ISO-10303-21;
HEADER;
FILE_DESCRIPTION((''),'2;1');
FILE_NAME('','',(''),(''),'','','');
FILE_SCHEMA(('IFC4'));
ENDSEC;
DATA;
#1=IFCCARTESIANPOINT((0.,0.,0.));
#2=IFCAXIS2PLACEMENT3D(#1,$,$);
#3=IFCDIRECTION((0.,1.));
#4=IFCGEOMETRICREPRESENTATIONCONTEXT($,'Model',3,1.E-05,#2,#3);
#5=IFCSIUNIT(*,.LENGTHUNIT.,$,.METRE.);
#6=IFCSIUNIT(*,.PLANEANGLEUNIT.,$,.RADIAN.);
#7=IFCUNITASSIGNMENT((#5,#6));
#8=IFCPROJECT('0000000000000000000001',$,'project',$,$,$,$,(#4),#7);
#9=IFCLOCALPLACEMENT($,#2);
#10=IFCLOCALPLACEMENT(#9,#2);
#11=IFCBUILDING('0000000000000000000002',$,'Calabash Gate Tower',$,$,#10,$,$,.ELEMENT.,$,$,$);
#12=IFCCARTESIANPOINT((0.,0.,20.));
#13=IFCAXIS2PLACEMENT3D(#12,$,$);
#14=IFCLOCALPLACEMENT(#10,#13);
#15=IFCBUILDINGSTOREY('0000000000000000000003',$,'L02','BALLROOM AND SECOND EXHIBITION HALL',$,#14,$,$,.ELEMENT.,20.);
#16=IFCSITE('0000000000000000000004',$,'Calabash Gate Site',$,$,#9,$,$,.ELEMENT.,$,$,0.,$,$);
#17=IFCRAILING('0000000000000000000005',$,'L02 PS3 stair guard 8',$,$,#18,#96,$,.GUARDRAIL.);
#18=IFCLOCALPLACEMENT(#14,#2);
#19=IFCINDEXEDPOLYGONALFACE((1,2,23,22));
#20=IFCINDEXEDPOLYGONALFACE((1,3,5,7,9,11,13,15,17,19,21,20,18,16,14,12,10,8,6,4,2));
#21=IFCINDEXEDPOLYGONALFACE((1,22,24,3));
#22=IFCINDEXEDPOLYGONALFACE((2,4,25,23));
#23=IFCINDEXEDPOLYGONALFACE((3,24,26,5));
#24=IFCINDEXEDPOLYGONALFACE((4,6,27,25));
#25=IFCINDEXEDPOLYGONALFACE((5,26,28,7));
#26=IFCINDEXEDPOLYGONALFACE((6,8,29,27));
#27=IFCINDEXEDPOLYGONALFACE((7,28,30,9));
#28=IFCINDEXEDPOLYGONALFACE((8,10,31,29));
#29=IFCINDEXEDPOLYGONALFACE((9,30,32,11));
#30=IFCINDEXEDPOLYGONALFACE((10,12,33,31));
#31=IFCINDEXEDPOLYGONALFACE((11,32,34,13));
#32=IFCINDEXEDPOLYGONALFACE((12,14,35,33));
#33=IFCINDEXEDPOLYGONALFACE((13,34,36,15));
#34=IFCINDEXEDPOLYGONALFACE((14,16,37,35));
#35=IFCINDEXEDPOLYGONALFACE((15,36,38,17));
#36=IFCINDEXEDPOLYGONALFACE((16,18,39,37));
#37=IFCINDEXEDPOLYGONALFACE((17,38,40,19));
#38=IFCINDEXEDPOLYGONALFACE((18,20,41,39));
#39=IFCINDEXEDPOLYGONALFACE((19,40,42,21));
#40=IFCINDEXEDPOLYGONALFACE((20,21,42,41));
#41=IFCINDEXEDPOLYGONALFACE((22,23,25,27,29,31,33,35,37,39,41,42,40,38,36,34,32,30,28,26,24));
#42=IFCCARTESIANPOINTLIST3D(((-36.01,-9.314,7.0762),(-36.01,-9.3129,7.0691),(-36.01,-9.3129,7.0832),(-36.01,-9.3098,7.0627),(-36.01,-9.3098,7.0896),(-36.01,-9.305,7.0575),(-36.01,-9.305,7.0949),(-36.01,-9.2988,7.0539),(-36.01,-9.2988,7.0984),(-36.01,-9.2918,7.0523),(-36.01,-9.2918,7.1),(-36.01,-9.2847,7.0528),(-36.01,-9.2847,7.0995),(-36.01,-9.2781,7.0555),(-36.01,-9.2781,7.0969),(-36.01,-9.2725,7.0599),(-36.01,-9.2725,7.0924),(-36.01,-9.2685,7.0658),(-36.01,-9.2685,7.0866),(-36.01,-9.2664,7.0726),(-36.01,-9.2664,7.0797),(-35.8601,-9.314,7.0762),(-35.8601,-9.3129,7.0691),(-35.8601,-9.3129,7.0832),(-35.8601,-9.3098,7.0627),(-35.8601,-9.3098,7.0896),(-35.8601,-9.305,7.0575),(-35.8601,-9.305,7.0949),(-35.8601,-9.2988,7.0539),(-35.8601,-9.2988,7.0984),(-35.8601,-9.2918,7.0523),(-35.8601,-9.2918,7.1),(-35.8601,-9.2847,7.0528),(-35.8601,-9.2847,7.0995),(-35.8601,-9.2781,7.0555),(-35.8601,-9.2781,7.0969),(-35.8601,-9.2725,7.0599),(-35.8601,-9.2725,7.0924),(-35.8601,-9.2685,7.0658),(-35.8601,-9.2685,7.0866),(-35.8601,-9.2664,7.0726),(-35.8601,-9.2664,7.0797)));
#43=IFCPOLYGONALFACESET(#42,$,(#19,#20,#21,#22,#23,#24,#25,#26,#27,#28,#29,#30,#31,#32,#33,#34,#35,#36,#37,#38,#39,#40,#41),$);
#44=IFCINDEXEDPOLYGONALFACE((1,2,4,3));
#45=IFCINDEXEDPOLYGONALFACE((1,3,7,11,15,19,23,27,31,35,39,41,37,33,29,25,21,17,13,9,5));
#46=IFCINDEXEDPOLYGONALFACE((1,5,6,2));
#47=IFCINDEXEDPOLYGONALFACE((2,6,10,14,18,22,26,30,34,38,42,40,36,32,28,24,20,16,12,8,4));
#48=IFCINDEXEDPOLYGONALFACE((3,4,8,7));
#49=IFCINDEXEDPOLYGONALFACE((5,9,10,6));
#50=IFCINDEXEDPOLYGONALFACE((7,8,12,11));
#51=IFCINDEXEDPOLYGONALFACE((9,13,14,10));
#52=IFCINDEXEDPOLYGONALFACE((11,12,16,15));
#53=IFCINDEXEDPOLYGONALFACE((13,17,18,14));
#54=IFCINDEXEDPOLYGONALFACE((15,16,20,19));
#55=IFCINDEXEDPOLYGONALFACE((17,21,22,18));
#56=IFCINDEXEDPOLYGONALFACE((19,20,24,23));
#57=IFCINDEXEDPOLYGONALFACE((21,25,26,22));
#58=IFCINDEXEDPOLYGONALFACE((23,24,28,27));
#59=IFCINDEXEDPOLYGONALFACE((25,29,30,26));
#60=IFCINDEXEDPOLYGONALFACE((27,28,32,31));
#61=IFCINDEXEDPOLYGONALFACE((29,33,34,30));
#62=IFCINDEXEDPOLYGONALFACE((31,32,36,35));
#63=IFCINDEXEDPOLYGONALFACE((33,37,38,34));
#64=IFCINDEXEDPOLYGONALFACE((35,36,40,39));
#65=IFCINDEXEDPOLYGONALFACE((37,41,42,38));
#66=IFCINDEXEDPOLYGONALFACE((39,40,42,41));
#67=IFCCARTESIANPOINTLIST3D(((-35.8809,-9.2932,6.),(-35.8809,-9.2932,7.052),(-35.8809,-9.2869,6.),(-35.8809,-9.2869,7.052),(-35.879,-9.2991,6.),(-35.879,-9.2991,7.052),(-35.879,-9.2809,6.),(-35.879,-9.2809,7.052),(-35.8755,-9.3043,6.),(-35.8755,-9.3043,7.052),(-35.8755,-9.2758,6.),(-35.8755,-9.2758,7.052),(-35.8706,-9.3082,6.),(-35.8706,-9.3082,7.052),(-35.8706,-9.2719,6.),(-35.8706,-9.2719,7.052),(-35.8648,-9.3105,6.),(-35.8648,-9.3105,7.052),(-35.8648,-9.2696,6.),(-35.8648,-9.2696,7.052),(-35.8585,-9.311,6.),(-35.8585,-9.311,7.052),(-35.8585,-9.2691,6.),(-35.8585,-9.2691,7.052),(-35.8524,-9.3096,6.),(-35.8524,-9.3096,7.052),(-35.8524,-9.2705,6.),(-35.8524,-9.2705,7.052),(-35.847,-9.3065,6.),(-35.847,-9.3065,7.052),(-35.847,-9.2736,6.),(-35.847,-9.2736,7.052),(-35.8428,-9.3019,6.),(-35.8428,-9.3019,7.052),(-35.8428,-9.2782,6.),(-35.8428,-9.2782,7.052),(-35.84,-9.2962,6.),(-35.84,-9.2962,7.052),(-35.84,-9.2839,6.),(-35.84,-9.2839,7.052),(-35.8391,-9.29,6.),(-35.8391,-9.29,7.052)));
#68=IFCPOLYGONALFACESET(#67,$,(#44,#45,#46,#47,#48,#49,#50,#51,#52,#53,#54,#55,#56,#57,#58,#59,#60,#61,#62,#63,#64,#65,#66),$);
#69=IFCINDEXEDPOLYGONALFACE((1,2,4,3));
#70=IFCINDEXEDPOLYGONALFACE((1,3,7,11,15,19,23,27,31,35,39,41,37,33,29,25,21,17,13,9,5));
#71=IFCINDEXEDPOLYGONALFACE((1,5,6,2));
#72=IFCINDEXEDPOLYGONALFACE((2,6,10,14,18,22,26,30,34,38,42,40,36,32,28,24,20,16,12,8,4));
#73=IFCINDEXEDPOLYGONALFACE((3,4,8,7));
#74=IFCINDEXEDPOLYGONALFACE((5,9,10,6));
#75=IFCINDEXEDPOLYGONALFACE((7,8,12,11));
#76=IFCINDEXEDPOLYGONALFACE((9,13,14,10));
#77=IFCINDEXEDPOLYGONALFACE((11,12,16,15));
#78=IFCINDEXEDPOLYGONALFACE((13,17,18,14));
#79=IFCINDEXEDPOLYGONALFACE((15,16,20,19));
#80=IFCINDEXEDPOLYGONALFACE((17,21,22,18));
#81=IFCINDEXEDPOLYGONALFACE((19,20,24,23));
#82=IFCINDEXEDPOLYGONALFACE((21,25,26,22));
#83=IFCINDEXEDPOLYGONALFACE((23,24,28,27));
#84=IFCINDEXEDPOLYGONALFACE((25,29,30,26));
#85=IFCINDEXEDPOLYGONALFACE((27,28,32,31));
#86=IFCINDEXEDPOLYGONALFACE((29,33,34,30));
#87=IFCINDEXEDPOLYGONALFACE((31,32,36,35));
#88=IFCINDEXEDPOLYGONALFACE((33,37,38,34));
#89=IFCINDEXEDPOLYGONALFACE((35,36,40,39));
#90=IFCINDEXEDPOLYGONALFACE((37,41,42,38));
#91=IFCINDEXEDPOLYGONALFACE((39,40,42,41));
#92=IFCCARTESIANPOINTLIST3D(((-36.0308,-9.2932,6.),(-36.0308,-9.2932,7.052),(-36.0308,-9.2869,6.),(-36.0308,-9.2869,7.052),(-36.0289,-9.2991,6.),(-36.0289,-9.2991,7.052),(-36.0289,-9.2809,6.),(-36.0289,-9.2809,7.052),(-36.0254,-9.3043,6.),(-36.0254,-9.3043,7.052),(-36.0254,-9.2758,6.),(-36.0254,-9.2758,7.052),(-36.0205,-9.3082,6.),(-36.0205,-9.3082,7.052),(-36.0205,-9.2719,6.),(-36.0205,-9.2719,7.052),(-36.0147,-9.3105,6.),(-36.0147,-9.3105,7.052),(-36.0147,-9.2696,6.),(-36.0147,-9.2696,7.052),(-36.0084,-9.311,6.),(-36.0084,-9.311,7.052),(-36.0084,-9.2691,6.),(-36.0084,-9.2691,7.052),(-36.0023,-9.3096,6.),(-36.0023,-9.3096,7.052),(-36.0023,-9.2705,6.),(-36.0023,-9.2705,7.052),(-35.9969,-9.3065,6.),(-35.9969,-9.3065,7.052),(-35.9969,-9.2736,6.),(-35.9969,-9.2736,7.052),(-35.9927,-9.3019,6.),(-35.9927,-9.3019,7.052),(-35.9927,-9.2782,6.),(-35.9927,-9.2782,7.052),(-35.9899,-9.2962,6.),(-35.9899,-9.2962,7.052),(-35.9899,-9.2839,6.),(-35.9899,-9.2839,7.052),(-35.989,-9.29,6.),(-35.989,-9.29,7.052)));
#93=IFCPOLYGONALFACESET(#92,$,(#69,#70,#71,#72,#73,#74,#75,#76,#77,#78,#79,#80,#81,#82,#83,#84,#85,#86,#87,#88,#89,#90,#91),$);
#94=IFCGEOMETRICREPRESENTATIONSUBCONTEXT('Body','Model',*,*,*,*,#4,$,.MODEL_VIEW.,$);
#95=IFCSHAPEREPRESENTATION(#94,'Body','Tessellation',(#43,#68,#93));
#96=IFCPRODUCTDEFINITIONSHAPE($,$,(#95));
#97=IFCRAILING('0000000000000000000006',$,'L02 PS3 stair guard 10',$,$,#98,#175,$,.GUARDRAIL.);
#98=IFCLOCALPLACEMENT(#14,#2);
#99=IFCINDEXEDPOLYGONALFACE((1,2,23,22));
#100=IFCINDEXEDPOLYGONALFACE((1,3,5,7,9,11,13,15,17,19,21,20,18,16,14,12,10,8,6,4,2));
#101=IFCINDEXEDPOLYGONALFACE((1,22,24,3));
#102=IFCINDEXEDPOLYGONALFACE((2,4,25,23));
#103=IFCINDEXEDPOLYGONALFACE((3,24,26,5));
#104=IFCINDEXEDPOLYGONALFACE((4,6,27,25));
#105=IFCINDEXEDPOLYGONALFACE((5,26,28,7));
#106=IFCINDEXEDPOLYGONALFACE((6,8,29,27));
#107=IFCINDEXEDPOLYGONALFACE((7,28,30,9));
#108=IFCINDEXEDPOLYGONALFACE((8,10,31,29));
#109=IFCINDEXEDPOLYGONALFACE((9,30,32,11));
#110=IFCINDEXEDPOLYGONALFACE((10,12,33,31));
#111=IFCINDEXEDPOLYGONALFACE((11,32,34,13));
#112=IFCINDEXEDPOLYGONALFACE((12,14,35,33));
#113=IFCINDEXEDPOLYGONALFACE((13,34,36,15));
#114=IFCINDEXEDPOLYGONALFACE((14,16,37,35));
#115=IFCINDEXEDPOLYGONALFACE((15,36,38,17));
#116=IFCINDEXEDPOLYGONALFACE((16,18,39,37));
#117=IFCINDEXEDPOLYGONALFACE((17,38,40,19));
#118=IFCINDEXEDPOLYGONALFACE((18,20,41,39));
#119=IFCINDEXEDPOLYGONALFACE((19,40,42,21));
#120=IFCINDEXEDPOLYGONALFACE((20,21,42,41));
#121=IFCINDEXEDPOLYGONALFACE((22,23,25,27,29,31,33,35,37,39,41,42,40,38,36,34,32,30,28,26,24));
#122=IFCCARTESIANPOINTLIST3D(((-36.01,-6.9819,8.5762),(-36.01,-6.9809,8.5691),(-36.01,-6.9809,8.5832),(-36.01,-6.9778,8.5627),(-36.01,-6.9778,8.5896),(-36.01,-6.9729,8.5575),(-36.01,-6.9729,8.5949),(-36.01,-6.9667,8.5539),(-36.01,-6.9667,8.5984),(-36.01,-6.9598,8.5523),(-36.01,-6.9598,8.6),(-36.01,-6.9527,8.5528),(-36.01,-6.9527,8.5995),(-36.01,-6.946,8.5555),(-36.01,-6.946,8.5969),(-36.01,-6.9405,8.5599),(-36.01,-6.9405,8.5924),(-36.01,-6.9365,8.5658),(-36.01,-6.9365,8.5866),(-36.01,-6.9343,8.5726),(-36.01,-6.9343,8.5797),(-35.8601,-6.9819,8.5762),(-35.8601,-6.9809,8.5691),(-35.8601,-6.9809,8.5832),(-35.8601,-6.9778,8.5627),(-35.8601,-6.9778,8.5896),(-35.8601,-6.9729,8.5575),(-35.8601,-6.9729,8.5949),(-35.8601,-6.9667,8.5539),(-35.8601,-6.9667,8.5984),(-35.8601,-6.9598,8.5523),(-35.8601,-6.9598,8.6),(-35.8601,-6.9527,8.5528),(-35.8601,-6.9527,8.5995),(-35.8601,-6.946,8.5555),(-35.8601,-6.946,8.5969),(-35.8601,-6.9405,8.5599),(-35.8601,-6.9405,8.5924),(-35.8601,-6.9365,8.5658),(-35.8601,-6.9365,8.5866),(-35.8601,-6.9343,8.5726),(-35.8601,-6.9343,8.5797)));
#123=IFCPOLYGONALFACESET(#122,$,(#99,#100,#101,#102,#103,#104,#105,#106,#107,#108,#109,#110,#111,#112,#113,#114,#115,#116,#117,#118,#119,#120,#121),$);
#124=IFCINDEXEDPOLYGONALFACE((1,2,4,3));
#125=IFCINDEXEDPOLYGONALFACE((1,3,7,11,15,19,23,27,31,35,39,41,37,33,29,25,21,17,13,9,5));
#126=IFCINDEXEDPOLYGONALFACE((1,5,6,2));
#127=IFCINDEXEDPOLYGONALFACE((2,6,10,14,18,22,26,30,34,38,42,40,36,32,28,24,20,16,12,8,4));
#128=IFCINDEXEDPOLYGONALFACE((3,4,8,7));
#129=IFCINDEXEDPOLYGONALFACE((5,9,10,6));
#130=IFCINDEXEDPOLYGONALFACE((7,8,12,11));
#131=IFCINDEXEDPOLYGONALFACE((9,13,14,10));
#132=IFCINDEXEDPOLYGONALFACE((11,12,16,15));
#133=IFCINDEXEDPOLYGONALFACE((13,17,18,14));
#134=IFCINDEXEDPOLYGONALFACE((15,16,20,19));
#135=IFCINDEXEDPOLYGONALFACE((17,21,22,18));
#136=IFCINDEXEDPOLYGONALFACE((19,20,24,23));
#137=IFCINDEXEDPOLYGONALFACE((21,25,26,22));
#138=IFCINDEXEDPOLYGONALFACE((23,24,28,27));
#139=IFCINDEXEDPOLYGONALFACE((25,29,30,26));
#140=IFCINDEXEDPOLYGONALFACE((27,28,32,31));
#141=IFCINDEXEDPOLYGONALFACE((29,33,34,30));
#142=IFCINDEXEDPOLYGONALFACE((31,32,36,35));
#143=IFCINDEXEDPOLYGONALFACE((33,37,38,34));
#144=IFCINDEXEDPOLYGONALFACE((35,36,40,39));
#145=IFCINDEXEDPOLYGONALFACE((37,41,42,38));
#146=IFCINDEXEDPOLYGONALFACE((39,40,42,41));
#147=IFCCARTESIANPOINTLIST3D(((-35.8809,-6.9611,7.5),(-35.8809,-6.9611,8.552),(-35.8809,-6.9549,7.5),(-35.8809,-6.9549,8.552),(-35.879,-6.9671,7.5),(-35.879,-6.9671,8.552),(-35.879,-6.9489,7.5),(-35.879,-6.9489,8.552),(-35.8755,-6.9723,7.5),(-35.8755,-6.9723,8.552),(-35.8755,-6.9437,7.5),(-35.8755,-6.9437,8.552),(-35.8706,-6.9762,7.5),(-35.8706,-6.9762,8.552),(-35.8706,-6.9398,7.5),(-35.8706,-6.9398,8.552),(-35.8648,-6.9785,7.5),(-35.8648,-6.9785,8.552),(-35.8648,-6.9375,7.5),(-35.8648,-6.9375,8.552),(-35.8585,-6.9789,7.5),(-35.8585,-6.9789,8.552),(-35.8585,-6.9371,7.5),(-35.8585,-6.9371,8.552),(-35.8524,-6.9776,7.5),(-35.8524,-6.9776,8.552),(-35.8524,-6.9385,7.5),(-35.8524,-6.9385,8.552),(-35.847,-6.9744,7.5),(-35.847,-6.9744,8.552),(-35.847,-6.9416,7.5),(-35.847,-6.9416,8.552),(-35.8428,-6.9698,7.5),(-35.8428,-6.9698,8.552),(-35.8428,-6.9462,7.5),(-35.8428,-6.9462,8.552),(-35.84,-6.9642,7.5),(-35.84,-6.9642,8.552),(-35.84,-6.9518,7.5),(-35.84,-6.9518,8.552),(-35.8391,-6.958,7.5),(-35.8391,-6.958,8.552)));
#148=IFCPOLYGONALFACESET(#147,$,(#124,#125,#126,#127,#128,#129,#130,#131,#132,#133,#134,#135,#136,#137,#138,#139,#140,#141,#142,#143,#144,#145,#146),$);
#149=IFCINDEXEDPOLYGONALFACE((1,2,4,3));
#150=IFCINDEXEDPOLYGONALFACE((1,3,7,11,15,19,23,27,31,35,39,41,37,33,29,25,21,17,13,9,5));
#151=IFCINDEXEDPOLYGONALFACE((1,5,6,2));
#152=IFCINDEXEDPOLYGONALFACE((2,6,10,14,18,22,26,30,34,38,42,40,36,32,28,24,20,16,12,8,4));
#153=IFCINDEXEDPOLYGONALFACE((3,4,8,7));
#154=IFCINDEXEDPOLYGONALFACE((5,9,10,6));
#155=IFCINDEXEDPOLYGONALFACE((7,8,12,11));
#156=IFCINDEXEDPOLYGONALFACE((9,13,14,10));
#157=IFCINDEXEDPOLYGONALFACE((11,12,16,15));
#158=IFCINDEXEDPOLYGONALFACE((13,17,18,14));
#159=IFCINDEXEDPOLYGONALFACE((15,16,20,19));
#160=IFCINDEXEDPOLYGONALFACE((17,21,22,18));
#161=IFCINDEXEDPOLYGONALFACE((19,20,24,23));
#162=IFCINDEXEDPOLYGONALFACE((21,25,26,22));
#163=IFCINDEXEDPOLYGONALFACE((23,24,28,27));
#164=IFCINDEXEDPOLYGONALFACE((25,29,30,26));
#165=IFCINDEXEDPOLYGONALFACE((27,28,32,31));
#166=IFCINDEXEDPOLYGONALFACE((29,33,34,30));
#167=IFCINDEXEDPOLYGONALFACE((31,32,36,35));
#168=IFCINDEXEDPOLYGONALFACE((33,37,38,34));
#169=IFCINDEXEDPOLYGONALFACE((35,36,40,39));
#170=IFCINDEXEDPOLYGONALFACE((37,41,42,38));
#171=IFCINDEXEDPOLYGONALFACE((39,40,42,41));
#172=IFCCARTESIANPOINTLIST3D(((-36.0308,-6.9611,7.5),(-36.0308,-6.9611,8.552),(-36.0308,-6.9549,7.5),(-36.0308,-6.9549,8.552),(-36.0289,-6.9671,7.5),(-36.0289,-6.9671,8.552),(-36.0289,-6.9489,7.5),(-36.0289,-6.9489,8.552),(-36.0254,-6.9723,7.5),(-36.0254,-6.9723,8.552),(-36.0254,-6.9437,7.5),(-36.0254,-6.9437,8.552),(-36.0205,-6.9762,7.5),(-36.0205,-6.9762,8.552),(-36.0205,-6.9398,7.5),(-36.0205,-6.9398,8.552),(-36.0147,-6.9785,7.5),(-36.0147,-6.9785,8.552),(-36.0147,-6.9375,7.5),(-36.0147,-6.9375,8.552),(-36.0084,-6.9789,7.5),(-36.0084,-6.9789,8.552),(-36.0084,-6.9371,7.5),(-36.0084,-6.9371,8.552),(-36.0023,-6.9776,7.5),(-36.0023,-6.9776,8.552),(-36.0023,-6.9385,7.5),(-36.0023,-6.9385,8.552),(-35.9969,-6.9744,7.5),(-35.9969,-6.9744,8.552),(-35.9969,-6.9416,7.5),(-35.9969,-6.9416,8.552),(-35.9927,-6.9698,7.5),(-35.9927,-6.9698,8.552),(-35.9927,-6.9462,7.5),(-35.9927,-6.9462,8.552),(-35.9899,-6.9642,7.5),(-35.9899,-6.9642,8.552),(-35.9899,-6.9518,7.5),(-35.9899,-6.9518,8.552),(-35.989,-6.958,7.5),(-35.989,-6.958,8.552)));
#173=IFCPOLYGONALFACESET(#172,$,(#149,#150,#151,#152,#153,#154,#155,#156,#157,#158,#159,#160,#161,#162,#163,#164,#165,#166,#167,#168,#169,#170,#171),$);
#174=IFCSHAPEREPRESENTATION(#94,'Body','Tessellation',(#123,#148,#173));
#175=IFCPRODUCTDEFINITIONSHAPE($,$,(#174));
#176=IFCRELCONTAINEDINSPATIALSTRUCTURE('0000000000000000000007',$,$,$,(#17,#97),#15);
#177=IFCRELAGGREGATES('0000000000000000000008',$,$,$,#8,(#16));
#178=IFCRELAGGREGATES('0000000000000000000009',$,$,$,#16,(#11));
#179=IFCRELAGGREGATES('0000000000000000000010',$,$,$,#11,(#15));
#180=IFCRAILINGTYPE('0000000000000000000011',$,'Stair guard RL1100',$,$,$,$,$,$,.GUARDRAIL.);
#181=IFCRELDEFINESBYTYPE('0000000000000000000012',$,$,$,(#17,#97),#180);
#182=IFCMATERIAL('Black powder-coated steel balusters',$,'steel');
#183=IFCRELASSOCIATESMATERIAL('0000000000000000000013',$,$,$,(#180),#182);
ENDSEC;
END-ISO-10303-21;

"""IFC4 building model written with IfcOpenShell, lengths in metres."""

from ifc_helpers import new_model, si_unit, direction, frame, origin, origin_2d, place, context, subcontext, project, spatial, circle, extrude, material, type_object, element, save


model = new_model("IFC4")

# Units and contexts
model_context = context("Model", 3, precision=1e-05, world=origin(), true_north=direction((0.0, 1.0)))
body_context = subcontext(model_context, "Body", "Model", "MODEL_VIEW")
ifc_project = project(units=[si_unit("LENGTHUNIT", "METRE"), si_unit("PLANEANGLEUNIT", "RADIAN")], contexts=[model_context])

# Site, building, storey
site_placement = place(None, origin())
site = spatial("IfcSite", under=ifc_project, at=site_placement, Name="Calabash Gate Site", CompositionType="ELEMENT", RefElevation=0.0)
building_placement = place(site_placement, origin())
building = spatial("IfcBuilding", under=site, at=building_placement, Name="Calabash Gate Tower", CompositionType="ELEMENT")
storey_placement = place(building_placement, frame((0.0, 0.0, 20.0)))
storey = spatial("IfcBuildingStorey", under=building, at=storey_placement, Name="L02", Description="BALLROOM AND SECOND EXHIBITION HALL", CompositionType="ELEMENT", Elevation=20.0)

# Railings
ifc_material_1 = material(Name="Black powder-coated steel balusters", Category="steel")
railing_type_1 = type_object("IfcRailingType", Name="Stair guard RL1100", PredefinedType="GUARDRAIL", material=ifc_material_1)
for number, where, name in (
    (1, (-35.8601, -9.29, 6.0), "L02 PS3 stair guard 8"),
    (2, (-35.8601, -6.958, 7.5), "L02 PS3 stair guard 10"),
):
    element("IfcRailing", number, at=place(storey_placement, frame(where)), inside=storey, type_object=railing_type_1, Name=name, PredefinedType="GUARDRAIL", context=body_context, shape_type="SweptSolid", body=[
        extrude(circle(Radius=0.0239, at=origin_2d()), frame((0.0, 0.0, 1.0762), z_axis=(-1.0, 0.0, 0.0), x_axis=(0.0, -1.0, 0.0)), (0.0, 0.0, 1.0), 0.1499),
        extrude(circle(Radius=0.021, at=origin_2d()), origin(), (0.0, 0.0, 1.0), 1.052),
        extrude(circle(Radius=0.021, at=origin_2d()), frame((-0.1499, 0.0, 0.0)), (0.0, 0.0, 1.0), 1.052),
    ])

save(model, "model.ifc")
